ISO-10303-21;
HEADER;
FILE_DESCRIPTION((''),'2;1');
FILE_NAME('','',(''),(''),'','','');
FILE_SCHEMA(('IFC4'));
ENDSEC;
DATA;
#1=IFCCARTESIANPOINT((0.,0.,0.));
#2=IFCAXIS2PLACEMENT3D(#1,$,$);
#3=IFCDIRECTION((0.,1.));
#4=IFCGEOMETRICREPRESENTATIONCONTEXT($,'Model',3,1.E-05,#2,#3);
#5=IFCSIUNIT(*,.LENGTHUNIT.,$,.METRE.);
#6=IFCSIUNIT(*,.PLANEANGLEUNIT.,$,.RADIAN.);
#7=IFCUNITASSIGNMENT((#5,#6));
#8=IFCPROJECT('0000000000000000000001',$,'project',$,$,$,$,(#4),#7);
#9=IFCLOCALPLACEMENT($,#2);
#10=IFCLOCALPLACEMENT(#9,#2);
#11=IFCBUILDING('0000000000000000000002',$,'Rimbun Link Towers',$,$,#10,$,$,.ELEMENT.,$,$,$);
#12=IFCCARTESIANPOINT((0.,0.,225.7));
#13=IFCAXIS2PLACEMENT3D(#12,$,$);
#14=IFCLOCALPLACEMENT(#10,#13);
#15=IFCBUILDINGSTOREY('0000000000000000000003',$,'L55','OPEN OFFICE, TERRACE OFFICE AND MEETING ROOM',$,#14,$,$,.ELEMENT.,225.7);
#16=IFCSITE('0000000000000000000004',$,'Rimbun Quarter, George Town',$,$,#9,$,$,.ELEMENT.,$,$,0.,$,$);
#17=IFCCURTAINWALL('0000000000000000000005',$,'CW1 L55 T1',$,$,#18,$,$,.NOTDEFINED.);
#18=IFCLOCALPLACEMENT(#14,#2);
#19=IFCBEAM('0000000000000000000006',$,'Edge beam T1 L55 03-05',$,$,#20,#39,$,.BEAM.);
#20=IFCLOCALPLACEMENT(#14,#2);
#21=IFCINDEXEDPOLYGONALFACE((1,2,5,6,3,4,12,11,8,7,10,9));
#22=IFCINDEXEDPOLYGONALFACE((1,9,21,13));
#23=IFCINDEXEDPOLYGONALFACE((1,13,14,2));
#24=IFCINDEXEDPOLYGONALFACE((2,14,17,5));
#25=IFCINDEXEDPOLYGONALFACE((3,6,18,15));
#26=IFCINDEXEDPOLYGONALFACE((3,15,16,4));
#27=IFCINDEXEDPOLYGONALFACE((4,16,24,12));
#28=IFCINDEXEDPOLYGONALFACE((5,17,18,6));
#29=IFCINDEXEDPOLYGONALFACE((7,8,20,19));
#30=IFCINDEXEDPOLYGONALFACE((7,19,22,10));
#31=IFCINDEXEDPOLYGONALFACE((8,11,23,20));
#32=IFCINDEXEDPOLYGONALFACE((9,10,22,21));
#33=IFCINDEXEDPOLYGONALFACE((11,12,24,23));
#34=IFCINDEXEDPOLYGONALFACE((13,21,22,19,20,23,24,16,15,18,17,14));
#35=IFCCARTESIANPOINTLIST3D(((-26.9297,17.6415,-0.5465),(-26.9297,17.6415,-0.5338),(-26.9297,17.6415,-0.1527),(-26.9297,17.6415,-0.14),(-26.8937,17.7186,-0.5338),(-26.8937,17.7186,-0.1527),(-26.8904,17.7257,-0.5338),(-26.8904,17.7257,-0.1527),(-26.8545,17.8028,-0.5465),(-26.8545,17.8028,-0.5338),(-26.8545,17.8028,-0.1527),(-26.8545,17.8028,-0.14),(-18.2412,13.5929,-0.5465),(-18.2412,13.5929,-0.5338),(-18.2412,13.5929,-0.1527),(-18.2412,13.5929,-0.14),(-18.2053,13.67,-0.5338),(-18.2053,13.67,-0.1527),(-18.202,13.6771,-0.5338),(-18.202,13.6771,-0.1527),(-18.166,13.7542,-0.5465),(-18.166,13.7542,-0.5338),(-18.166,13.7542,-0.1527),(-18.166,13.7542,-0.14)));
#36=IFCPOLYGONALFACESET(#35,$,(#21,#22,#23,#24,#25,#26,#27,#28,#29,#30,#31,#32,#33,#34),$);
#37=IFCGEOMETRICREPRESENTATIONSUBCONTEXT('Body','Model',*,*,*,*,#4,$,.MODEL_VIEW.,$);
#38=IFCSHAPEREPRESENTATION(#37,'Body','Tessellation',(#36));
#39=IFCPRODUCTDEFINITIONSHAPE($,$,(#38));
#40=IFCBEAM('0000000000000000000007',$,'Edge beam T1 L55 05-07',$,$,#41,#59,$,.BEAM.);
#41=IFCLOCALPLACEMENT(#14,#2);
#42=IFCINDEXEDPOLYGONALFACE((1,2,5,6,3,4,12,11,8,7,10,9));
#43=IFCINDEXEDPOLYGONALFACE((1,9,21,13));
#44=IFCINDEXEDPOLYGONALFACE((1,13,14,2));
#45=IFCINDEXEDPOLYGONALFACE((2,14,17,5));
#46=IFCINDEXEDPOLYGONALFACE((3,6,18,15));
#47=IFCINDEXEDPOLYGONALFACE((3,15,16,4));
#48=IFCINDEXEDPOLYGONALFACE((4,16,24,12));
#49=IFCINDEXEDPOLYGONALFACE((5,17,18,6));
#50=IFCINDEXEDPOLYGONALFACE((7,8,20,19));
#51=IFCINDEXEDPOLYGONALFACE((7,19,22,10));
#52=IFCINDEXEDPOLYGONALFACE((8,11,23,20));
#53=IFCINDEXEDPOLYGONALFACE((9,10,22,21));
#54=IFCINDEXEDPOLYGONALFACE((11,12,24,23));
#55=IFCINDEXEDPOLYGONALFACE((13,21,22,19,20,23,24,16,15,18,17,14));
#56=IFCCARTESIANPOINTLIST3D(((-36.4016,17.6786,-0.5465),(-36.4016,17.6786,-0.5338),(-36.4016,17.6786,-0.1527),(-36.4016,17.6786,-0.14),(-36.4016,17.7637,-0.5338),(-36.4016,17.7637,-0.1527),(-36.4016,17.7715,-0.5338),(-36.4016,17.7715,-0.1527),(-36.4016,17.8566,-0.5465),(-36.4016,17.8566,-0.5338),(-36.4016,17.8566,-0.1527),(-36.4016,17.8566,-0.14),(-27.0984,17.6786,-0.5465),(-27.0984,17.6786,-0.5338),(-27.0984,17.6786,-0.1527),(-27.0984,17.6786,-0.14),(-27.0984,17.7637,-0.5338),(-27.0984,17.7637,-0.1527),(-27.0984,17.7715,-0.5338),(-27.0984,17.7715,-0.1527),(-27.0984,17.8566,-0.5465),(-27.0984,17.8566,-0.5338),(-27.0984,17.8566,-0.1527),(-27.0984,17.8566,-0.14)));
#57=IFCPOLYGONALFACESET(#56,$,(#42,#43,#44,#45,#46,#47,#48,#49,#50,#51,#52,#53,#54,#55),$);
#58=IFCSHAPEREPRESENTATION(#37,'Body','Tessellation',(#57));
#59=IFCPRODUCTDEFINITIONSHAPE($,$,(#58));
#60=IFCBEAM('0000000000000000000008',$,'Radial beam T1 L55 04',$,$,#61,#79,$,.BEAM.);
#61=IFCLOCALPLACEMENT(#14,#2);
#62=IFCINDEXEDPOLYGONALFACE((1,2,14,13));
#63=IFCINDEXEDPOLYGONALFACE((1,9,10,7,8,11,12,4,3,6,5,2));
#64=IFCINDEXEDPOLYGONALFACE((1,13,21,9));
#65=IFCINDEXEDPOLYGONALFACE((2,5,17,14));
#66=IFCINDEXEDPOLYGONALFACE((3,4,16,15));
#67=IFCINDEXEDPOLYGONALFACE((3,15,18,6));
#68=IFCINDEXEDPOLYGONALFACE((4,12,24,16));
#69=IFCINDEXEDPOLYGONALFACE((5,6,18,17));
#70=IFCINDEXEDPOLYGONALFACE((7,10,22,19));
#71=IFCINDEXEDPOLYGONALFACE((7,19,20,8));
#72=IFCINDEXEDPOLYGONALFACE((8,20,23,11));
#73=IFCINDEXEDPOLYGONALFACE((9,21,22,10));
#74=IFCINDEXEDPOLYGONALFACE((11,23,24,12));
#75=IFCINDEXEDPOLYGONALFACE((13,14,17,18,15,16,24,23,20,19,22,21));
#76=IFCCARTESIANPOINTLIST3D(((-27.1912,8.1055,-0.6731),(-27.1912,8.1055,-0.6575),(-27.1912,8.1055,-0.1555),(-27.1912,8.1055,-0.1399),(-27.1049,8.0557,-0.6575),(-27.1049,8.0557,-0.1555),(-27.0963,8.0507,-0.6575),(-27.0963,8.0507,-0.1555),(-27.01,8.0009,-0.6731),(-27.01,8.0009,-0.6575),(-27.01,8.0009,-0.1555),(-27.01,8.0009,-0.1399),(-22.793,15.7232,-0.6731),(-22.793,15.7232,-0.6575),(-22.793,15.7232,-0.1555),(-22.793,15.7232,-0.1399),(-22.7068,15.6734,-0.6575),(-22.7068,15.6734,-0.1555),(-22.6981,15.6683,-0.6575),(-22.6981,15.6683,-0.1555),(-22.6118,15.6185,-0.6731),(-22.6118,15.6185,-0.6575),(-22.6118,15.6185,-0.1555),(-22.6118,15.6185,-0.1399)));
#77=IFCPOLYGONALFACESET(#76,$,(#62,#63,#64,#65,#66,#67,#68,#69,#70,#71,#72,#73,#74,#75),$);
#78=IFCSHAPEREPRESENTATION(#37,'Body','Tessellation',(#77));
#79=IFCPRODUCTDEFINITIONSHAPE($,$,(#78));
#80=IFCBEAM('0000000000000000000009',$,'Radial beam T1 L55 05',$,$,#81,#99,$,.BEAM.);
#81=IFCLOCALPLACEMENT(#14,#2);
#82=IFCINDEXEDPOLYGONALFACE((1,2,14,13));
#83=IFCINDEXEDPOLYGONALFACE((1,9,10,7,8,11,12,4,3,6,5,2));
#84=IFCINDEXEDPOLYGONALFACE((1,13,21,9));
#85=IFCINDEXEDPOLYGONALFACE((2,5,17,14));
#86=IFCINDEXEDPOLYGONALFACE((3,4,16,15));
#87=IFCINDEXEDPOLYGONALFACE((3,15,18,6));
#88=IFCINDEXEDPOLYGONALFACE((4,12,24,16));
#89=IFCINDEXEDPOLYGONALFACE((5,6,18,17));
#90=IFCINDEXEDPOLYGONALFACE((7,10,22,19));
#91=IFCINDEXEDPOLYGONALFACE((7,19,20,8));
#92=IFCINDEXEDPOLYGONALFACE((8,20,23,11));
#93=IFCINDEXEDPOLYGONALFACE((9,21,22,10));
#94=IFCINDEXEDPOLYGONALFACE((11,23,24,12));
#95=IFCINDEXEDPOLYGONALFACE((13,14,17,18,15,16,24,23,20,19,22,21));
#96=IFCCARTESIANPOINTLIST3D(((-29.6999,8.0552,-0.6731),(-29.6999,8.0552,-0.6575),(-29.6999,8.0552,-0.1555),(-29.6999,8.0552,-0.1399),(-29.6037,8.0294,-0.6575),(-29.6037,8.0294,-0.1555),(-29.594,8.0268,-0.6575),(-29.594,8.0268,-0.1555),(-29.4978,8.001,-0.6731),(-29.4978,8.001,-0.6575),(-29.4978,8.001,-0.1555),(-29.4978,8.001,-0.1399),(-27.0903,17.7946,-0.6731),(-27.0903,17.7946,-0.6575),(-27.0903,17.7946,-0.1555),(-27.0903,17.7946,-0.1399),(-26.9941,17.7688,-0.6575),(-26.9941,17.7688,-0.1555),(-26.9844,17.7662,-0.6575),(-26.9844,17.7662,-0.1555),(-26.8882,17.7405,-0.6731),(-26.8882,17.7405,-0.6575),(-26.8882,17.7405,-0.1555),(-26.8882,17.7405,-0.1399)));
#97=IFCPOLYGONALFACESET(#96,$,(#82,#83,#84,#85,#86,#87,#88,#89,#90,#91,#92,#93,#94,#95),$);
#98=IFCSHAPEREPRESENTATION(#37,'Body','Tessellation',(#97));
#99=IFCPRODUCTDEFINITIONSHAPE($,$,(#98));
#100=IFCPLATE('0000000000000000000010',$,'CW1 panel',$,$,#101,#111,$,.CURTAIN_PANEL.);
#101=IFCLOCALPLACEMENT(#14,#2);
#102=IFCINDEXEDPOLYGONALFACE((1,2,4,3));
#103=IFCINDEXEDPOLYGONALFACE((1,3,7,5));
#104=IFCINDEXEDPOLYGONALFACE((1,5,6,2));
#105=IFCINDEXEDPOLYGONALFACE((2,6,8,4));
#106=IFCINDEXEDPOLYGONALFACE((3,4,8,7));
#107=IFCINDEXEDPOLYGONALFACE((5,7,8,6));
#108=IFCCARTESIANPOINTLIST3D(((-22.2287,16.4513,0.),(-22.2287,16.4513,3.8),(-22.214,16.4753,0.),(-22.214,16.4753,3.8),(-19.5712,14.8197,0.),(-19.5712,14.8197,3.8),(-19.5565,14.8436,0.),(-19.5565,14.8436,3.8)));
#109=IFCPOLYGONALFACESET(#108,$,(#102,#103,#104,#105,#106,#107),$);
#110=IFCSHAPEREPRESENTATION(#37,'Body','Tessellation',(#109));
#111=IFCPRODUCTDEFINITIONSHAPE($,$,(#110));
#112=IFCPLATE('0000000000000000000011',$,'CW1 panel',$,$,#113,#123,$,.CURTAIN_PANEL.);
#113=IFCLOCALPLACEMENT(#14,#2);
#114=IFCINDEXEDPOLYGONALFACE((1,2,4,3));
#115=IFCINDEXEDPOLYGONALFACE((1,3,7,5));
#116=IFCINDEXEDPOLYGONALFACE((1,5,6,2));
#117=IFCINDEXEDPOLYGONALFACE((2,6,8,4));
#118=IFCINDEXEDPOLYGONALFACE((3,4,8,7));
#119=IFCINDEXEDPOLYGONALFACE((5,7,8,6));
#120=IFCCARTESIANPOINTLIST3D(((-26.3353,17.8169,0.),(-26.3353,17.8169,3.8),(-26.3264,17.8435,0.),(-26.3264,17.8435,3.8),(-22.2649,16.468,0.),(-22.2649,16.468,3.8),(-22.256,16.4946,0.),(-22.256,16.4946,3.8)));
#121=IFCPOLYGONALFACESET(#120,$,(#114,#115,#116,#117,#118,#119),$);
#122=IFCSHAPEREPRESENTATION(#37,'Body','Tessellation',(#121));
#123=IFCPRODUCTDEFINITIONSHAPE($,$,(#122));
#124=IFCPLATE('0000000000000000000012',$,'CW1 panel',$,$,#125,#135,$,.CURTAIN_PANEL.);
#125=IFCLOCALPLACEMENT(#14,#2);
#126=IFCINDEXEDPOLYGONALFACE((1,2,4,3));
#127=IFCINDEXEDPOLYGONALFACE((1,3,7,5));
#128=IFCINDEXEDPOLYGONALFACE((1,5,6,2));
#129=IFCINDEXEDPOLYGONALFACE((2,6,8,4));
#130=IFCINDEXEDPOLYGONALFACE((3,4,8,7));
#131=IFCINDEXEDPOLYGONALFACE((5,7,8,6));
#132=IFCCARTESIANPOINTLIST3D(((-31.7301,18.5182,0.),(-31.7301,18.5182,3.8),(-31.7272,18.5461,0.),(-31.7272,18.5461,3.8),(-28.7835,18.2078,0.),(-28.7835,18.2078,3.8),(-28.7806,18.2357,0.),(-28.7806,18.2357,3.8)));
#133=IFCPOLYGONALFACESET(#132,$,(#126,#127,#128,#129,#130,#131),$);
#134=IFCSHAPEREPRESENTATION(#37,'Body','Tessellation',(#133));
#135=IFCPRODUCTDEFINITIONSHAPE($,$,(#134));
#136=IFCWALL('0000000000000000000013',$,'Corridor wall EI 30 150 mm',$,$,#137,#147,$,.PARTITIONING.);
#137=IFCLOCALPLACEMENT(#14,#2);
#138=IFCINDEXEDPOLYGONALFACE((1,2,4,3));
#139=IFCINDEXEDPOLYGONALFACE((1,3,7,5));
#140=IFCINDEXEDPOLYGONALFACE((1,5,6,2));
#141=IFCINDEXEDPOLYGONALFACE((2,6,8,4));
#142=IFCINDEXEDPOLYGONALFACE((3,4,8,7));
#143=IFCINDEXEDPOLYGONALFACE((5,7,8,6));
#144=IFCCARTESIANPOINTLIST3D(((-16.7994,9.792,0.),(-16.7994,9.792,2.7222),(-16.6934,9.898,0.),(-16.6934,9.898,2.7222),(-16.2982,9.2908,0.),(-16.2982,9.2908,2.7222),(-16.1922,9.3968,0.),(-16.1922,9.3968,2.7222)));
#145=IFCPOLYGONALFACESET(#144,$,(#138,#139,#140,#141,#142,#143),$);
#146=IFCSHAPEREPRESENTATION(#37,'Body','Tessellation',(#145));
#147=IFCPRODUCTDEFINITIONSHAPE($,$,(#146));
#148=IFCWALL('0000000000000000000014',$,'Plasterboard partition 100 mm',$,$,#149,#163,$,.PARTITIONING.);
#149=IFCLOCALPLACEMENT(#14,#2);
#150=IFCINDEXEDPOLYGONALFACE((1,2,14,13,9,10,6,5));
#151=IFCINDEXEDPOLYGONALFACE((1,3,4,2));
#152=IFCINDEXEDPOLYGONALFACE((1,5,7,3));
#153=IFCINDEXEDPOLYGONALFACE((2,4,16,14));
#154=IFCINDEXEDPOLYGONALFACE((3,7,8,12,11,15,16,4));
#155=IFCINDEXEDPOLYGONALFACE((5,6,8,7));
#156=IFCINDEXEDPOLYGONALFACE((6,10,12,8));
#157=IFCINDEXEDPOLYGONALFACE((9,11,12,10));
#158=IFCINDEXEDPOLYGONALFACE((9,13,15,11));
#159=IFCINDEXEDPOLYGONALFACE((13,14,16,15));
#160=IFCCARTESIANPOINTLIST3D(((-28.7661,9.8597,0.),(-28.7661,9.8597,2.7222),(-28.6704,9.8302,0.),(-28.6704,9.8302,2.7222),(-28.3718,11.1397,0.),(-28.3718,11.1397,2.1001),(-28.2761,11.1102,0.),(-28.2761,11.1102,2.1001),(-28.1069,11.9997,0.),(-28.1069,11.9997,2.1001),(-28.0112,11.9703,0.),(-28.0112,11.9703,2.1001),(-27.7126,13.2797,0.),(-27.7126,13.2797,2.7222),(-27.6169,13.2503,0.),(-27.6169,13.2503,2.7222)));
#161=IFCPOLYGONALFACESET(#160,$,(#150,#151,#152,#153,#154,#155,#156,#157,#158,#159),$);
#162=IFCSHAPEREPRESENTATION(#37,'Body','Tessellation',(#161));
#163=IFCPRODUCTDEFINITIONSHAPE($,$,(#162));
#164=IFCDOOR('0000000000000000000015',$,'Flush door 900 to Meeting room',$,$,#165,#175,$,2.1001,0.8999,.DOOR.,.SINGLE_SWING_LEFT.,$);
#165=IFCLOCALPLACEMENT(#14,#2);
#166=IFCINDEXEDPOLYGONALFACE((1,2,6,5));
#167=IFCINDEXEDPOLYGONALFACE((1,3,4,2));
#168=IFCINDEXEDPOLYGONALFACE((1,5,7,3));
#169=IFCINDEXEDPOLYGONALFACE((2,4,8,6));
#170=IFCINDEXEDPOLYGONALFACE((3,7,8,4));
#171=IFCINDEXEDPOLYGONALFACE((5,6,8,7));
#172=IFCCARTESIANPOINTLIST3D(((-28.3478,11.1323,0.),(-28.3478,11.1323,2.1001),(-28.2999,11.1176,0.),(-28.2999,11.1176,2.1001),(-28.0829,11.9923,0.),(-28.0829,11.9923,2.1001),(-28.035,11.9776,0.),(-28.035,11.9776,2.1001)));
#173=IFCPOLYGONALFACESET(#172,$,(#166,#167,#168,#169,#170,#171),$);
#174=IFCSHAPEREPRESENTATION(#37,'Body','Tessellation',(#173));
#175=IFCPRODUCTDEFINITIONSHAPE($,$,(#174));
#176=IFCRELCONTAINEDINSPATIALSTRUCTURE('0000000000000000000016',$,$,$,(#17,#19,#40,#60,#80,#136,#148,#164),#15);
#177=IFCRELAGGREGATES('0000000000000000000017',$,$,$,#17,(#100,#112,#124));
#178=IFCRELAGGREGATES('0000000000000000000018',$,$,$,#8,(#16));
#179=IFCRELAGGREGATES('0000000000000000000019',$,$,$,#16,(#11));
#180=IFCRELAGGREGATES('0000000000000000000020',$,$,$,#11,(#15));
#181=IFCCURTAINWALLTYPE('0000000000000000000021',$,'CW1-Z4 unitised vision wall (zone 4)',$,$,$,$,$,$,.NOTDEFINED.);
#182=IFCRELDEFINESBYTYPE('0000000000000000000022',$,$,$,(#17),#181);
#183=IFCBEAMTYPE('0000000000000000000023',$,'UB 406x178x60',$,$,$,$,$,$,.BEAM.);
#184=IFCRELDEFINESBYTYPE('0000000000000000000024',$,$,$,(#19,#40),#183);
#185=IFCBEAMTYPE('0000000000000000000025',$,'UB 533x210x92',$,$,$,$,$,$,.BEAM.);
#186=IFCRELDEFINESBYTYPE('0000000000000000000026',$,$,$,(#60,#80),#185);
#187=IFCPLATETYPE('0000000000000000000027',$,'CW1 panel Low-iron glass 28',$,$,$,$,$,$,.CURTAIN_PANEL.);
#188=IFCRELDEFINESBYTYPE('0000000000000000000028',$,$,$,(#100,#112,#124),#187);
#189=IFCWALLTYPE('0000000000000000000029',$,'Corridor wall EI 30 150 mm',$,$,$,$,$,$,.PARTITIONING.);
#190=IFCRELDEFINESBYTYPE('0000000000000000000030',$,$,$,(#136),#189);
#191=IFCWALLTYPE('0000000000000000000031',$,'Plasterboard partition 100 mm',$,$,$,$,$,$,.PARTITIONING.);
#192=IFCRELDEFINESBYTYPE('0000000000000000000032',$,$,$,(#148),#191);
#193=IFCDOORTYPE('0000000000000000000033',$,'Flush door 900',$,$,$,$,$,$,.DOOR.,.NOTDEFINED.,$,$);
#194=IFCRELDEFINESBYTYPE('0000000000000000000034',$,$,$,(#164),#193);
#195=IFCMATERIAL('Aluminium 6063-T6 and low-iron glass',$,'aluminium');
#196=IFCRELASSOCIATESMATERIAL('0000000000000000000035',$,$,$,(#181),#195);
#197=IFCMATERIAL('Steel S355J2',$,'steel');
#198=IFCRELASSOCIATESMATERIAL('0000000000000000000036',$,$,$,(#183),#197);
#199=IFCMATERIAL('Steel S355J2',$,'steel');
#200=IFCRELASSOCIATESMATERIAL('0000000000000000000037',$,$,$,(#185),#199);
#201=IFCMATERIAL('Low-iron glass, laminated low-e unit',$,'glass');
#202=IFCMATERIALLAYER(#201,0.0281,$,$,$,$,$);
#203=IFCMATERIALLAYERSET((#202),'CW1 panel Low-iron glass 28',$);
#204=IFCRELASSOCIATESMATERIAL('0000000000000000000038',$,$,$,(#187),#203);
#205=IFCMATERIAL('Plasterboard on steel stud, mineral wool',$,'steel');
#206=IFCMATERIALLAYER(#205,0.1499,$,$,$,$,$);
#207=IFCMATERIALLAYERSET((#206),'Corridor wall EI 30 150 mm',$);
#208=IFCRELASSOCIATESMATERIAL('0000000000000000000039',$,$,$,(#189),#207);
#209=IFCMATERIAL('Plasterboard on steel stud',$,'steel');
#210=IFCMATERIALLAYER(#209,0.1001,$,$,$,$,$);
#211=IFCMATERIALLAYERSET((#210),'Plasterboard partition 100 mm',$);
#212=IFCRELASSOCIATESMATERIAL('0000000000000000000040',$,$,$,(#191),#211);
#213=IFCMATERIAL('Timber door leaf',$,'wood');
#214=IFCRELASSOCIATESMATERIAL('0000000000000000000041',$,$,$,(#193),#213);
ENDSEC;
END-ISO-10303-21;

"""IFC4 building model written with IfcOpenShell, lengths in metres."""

from ifc_helpers import new_model, si_unit, direction, frame, frame_2d, origin, origin_2d, place, context, subcontext, project, spatial, rectangle, i_section, extrude, material, layer, layer_set, material_profile, profile_set, type_object, element, fill, aggregate, save


model = new_model("IFC4")

# Units and contexts
model_context = context("Model", 3, precision=1e-05, world=origin(), true_north=direction((0.0, 1.0)))
body_context = subcontext(model_context, "Body", "Model", "MODEL_VIEW")
ifc_project = project(units=[si_unit("LENGTHUNIT", "METRE"), si_unit("PLANEANGLEUNIT", "RADIAN")], contexts=[model_context])

# Site, building, storey
site_placement = place(None, origin())
site = spatial("IfcSite", under=ifc_project, at=site_placement, Name="Rimbun Quarter, George Town", CompositionType="ELEMENT", RefElevation=0.0)
building_placement = place(site_placement, origin())
building = spatial("IfcBuilding", under=site, at=building_placement, Name="Rimbun Link Towers", CompositionType="ELEMENT")
storey_placement = place(building_placement, frame((0.0, 0.0, 225.7)))
storey = spatial("IfcBuildingStorey", under=building, at=storey_placement, Name="L55", Description="OPEN OFFICE, TERRACE OFFICE AND MEETING ROOM", CompositionType="ELEMENT", Elevation=225.7)

# Curtain wall
ifc_material_1 = material(Name="Aluminium 6063-T6 and low-iron glass", Category="aluminium")
curtain_wall_type = type_object("IfcCurtainWallType", Name="CW1-Z4 unitised vision wall (zone 4)", PredefinedType="NOTDEFINED", material=ifc_material_1)
curtain_wall_placement = place(storey_placement, origin())
curtain_wall = element("IfcCurtainWall", 1, at=curtain_wall_placement, inside=storey, type_object=curtain_wall_type, Name="CW1 L55 T1", PredefinedType="NOTDEFINED")

# Beams
ifc_material_2 = material(Name="Steel S355J2", Category="steel")
ifc_material_profile_1 = material_profile(ifc_material_2, i_section(OverallWidth=0.178, OverallDepth=0.4065, WebThickness=0.0078, FlangeThickness=0.0127, at=origin_2d()), Name="UB 406x178x60")
ifc_profile_set_1 = profile_set([ifc_material_profile_1], Name="Steel S355J2")
beam_type_1 = type_object("IfcBeamType", Name="UB 406x178x60", PredefinedType="BEAM", material=ifc_profile_set_1)
beam_1_placement = place(storey_placement, frame((-18.2036, 13.6736, -0.3433), z_axis=(-0.906424, 0.422368, 0.0), x_axis=(-0.422368, -0.906424, 0.0)))
element("IfcBeam", 2, at=beam_1_placement, inside=storey, type_object=beam_type_1, Name="Edge beam T1 L55 03-05", PredefinedType="BEAM", context=body_context, shape_type="SweptSolid", body=[
    extrude(i_section(OverallWidth=0.178, OverallDepth=0.4065, WebThickness=0.0078, FlangeThickness=0.0127, at=origin_2d()), origin(), (0.0, 0.0, 1.0), 9.5854),
])
beam_2_placement = place(storey_placement, frame((-27.0984, 17.7676, -0.3433), z_axis=(-1.0, 0.0, 0.0), x_axis=(0.0, -1.0, 0.0)))
element("IfcBeam", 3, at=beam_2_placement, inside=storey, type_object=beam_type_1, Name="Edge beam T1 L55 05-07", PredefinedType="BEAM", context=body_context, shape_type="SweptSolid", body=[
    extrude(i_section(OverallWidth=0.178, OverallDepth=0.4065, WebThickness=0.0078, FlangeThickness=0.0127, at=origin_2d()), origin(), (0.0, 0.0, 1.0), 9.3032),
])
ifc_material_3 = material(Name="Steel S355J2", Category="steel")
ifc_material_profile_2 = material_profile(ifc_material_3, i_section(OverallWidth=0.2092, OverallDepth=0.5332, WebThickness=0.01, FlangeThickness=0.0156, at=origin_2d()), Name="UB 533x210x92")
ifc_profile_set_2 = profile_set([ifc_material_profile_2], Name="Steel S355J2")
beam_type_2 = type_object("IfcBeamType", Name="UB 533x210x92", PredefinedType="BEAM", material=ifc_profile_set_2)
beam_3_placement = place(storey_placement, frame((-27.1006, 8.0532, -0.4065), z_axis=(0.500011, 0.866019, 0.0), x_axis=(-0.866019, 0.500011, 0.0)))
element("IfcBeam", 4, at=beam_3_placement, inside=storey, type_object=beam_type_2, Name="Radial beam T1 L55 04", PredefinedType="BEAM", context=body_context, shape_type="SweptSolid", body=[
    extrude(i_section(OverallWidth=0.2092, OverallDepth=0.5332, WebThickness=0.01, FlangeThickness=0.0156, at=origin_2d()), origin(), (0.0, 0.0, 1.0), 8.7961),
])
beam_4_placement = place(storey_placement, frame((-29.5989, 8.0281, -0.4065), z_axis=(0.258812, 0.965928, 0.0), x_axis=(-0.965928, 0.258812, 0.0)))
element("IfcBeam", 5, at=beam_4_placement, inside=storey, type_object=beam_type_2, Name="Radial beam T1 L55 05", PredefinedType="BEAM", context=body_context, shape_type="SweptSolid", body=[
    extrude(i_section(OverallWidth=0.2092, OverallDepth=0.5332, WebThickness=0.01, FlangeThickness=0.0156, at=origin_2d()), origin(), (0.0, 0.0, 1.0), 10.083),
])

# Plates
ifc_material_4 = material(Name="Low-iron glass, laminated low-e unit", Category="glass")
ifc_layer_1 = layer(ifc_material_4, 0.0281)
ifc_layer_set_1 = layer_set([ifc_layer_1], Name="CW1 panel Low-iron glass 28")
plate_type = type_object("IfcPlateType", Name="CW1 panel Low-iron glass 28", PredefinedType="CURTAIN_PANEL", material=ifc_layer_set_1)
plate_1_placement = place(storey_placement, frame((-20.8926, 15.6475, 0.0), z_axis=(0.0, 0.0, 1.0), x_axis=(0.852187, -0.523237, 0.0)))
plate_1 = element("IfcPlate", 6, at=plate_1_placement, type_object=plate_type, Name="CW1 panel", PredefinedType="CURTAIN_PANEL", context=body_context, shape_type="SweptSolid", body=[
    extrude(rectangle(XDim=3.1184, YDim=0.0281, at=origin_2d()), origin(), (0.0, 0.0, 1.0), 3.8),
])
plate_2_placement = place(storey_placement, frame((-24.2957, 17.1558, 0.0), z_axis=(0.0, 0.0, 1.0), x_axis=(0.949236, -0.314565, 0.0)))
plate_2 = element("IfcPlate", 7, at=plate_2_placement, type_object=plate_type, Name="CW1 panel", PredefinedType="CURTAIN_PANEL", context=body_context, shape_type="SweptSolid", body=[
    extrude(rectangle(XDim=4.2881, YDim=0.0281, at=origin_2d()), origin(), (0.0, 0.0, 1.0), 3.8),
])
plate_3_placement = place(storey_placement, frame((-30.2554, 18.377, 0.0), z_axis=(0.0, 0.0, 1.0), x_axis=(0.9945, -0.104739, 0.0)))
plate_3 = element("IfcPlate", 8, at=plate_3_placement, type_object=plate_type, Name="CW1 panel", PredefinedType="CURTAIN_PANEL", context=body_context, shape_type="SweptSolid", body=[
    extrude(rectangle(XDim=2.9629, YDim=0.0281, at=origin_2d()), origin(), (0.0, 0.0, 1.0), 3.8),
])
aggregate(curtain_wall, [plate_1, plate_2, plate_3])

# Wall
ifc_material_5 = material(Name="Plasterboard on steel stud, mineral wool", Category="steel")
ifc_layer_2 = layer(ifc_material_5, 0.1499)
ifc_layer_set_2 = layer_set([ifc_layer_2], Name="Corridor wall EI 30 150 mm")
wall_type_1 = type_object("IfcWallType", Name="Corridor wall EI 30 150 mm", PredefinedType="PARTITIONING", material=ifc_layer_set_2)
wall_1_placement = place(storey_placement, frame((-16.2451, 9.3438, 0.0), z_axis=(0.0, 0.0, 1.0), x_axis=(-0.707107, 0.707107, 0.0)))
element("IfcWall", 9, at=wall_1_placement, inside=storey, type_object=wall_type_1, Name="Corridor wall EI 30 150 mm", PredefinedType="PARTITIONING", context=body_context, shape_type="SweptSolid", body=[
    extrude(rectangle(XDim=0.7087, YDim=0.1499, at=frame_2d((0.3545, 0.0))), origin(), (0.0, 0.0, 1.0), 2.7222),
])

# Wall, opening, door
ifc_material_6 = material(Name="Plasterboard on steel stud", Category="steel")
ifc_layer_3 = layer(ifc_material_6, 0.1001)
ifc_layer_set_3 = layer_set([ifc_layer_3], Name="Plasterboard partition 100 mm")
wall_type_2 = type_object("IfcWallType", Name="Plasterboard partition 100 mm", PredefinedType="PARTITIONING", material=ifc_layer_set_3)
wall_2_placement = place(storey_placement, frame((-28.7183, 9.845, 0.0), z_axis=(0.0, 0.0, 1.0), x_axis=(0.294388, 0.955686, 0.0)))
wall_2 = element("IfcWall", 10, at=wall_2_placement, inside=storey, type_object=wall_type_2, Name="Plasterboard partition 100 mm", PredefinedType="PARTITIONING", context=body_context, shape_type="SweptSolid", body=[
    extrude(rectangle(XDim=3.5786, YDim=0.1001, at=frame_2d((1.7893, 0.0))), origin(), (0.0, 0.0, 1.0), 2.7222),
])
opening_1_placement = place(wall_2_placement, frame((1.3394, 0.0, 0.0)))
opening_1 = element("IfcOpeningElement", 11, at=opening_1_placement, cuts=wall_2, PredefinedType="OPENING", context=body_context, shape_type="SweptSolid", body=[
    extrude(rectangle(XDim=0.8999, YDim=2.1001, at=frame_2d((0.45, 1.05))), frame((0.0, 0.0601, 0.0), z_axis=(0.0, -1.0, 0.0), x_axis=(1.0, 0.0, 0.0)), (0.0, 0.0, 1.0), 0.1201),
])
ifc_material_7 = material(Name="Timber door leaf", Category="wood")
door_type_1 = type_object("IfcDoorType", Name="Flush door 900", OperationType="NOTDEFINED", PredefinedType="DOOR", material=ifc_material_7)
door_1_placement = place(opening_1_placement, origin())
door_1 = element("IfcDoor", 12, at=door_1_placement, inside=storey, type_object=door_type_1, Name="Flush door 900 to Meeting room", OperationType="SINGLE_SWING_LEFT", OverallHeight=2.1001, OverallWidth=0.8999, PredefinedType="DOOR", context=body_context, shape_type="SweptSolid", body=[
    extrude(rectangle(XDim=0.8999, YDim=2.1001, at=frame_2d((0.45, 1.05))), frame((0.0, 0.0249, 0.0), z_axis=(0.0, -1.0, 0.0), x_axis=(1.0, 0.0, 0.0)), (0.0, 0.0, 1.0), 0.05),
])
fill(opening_1, door_1)

save(model, "model.ifc")
